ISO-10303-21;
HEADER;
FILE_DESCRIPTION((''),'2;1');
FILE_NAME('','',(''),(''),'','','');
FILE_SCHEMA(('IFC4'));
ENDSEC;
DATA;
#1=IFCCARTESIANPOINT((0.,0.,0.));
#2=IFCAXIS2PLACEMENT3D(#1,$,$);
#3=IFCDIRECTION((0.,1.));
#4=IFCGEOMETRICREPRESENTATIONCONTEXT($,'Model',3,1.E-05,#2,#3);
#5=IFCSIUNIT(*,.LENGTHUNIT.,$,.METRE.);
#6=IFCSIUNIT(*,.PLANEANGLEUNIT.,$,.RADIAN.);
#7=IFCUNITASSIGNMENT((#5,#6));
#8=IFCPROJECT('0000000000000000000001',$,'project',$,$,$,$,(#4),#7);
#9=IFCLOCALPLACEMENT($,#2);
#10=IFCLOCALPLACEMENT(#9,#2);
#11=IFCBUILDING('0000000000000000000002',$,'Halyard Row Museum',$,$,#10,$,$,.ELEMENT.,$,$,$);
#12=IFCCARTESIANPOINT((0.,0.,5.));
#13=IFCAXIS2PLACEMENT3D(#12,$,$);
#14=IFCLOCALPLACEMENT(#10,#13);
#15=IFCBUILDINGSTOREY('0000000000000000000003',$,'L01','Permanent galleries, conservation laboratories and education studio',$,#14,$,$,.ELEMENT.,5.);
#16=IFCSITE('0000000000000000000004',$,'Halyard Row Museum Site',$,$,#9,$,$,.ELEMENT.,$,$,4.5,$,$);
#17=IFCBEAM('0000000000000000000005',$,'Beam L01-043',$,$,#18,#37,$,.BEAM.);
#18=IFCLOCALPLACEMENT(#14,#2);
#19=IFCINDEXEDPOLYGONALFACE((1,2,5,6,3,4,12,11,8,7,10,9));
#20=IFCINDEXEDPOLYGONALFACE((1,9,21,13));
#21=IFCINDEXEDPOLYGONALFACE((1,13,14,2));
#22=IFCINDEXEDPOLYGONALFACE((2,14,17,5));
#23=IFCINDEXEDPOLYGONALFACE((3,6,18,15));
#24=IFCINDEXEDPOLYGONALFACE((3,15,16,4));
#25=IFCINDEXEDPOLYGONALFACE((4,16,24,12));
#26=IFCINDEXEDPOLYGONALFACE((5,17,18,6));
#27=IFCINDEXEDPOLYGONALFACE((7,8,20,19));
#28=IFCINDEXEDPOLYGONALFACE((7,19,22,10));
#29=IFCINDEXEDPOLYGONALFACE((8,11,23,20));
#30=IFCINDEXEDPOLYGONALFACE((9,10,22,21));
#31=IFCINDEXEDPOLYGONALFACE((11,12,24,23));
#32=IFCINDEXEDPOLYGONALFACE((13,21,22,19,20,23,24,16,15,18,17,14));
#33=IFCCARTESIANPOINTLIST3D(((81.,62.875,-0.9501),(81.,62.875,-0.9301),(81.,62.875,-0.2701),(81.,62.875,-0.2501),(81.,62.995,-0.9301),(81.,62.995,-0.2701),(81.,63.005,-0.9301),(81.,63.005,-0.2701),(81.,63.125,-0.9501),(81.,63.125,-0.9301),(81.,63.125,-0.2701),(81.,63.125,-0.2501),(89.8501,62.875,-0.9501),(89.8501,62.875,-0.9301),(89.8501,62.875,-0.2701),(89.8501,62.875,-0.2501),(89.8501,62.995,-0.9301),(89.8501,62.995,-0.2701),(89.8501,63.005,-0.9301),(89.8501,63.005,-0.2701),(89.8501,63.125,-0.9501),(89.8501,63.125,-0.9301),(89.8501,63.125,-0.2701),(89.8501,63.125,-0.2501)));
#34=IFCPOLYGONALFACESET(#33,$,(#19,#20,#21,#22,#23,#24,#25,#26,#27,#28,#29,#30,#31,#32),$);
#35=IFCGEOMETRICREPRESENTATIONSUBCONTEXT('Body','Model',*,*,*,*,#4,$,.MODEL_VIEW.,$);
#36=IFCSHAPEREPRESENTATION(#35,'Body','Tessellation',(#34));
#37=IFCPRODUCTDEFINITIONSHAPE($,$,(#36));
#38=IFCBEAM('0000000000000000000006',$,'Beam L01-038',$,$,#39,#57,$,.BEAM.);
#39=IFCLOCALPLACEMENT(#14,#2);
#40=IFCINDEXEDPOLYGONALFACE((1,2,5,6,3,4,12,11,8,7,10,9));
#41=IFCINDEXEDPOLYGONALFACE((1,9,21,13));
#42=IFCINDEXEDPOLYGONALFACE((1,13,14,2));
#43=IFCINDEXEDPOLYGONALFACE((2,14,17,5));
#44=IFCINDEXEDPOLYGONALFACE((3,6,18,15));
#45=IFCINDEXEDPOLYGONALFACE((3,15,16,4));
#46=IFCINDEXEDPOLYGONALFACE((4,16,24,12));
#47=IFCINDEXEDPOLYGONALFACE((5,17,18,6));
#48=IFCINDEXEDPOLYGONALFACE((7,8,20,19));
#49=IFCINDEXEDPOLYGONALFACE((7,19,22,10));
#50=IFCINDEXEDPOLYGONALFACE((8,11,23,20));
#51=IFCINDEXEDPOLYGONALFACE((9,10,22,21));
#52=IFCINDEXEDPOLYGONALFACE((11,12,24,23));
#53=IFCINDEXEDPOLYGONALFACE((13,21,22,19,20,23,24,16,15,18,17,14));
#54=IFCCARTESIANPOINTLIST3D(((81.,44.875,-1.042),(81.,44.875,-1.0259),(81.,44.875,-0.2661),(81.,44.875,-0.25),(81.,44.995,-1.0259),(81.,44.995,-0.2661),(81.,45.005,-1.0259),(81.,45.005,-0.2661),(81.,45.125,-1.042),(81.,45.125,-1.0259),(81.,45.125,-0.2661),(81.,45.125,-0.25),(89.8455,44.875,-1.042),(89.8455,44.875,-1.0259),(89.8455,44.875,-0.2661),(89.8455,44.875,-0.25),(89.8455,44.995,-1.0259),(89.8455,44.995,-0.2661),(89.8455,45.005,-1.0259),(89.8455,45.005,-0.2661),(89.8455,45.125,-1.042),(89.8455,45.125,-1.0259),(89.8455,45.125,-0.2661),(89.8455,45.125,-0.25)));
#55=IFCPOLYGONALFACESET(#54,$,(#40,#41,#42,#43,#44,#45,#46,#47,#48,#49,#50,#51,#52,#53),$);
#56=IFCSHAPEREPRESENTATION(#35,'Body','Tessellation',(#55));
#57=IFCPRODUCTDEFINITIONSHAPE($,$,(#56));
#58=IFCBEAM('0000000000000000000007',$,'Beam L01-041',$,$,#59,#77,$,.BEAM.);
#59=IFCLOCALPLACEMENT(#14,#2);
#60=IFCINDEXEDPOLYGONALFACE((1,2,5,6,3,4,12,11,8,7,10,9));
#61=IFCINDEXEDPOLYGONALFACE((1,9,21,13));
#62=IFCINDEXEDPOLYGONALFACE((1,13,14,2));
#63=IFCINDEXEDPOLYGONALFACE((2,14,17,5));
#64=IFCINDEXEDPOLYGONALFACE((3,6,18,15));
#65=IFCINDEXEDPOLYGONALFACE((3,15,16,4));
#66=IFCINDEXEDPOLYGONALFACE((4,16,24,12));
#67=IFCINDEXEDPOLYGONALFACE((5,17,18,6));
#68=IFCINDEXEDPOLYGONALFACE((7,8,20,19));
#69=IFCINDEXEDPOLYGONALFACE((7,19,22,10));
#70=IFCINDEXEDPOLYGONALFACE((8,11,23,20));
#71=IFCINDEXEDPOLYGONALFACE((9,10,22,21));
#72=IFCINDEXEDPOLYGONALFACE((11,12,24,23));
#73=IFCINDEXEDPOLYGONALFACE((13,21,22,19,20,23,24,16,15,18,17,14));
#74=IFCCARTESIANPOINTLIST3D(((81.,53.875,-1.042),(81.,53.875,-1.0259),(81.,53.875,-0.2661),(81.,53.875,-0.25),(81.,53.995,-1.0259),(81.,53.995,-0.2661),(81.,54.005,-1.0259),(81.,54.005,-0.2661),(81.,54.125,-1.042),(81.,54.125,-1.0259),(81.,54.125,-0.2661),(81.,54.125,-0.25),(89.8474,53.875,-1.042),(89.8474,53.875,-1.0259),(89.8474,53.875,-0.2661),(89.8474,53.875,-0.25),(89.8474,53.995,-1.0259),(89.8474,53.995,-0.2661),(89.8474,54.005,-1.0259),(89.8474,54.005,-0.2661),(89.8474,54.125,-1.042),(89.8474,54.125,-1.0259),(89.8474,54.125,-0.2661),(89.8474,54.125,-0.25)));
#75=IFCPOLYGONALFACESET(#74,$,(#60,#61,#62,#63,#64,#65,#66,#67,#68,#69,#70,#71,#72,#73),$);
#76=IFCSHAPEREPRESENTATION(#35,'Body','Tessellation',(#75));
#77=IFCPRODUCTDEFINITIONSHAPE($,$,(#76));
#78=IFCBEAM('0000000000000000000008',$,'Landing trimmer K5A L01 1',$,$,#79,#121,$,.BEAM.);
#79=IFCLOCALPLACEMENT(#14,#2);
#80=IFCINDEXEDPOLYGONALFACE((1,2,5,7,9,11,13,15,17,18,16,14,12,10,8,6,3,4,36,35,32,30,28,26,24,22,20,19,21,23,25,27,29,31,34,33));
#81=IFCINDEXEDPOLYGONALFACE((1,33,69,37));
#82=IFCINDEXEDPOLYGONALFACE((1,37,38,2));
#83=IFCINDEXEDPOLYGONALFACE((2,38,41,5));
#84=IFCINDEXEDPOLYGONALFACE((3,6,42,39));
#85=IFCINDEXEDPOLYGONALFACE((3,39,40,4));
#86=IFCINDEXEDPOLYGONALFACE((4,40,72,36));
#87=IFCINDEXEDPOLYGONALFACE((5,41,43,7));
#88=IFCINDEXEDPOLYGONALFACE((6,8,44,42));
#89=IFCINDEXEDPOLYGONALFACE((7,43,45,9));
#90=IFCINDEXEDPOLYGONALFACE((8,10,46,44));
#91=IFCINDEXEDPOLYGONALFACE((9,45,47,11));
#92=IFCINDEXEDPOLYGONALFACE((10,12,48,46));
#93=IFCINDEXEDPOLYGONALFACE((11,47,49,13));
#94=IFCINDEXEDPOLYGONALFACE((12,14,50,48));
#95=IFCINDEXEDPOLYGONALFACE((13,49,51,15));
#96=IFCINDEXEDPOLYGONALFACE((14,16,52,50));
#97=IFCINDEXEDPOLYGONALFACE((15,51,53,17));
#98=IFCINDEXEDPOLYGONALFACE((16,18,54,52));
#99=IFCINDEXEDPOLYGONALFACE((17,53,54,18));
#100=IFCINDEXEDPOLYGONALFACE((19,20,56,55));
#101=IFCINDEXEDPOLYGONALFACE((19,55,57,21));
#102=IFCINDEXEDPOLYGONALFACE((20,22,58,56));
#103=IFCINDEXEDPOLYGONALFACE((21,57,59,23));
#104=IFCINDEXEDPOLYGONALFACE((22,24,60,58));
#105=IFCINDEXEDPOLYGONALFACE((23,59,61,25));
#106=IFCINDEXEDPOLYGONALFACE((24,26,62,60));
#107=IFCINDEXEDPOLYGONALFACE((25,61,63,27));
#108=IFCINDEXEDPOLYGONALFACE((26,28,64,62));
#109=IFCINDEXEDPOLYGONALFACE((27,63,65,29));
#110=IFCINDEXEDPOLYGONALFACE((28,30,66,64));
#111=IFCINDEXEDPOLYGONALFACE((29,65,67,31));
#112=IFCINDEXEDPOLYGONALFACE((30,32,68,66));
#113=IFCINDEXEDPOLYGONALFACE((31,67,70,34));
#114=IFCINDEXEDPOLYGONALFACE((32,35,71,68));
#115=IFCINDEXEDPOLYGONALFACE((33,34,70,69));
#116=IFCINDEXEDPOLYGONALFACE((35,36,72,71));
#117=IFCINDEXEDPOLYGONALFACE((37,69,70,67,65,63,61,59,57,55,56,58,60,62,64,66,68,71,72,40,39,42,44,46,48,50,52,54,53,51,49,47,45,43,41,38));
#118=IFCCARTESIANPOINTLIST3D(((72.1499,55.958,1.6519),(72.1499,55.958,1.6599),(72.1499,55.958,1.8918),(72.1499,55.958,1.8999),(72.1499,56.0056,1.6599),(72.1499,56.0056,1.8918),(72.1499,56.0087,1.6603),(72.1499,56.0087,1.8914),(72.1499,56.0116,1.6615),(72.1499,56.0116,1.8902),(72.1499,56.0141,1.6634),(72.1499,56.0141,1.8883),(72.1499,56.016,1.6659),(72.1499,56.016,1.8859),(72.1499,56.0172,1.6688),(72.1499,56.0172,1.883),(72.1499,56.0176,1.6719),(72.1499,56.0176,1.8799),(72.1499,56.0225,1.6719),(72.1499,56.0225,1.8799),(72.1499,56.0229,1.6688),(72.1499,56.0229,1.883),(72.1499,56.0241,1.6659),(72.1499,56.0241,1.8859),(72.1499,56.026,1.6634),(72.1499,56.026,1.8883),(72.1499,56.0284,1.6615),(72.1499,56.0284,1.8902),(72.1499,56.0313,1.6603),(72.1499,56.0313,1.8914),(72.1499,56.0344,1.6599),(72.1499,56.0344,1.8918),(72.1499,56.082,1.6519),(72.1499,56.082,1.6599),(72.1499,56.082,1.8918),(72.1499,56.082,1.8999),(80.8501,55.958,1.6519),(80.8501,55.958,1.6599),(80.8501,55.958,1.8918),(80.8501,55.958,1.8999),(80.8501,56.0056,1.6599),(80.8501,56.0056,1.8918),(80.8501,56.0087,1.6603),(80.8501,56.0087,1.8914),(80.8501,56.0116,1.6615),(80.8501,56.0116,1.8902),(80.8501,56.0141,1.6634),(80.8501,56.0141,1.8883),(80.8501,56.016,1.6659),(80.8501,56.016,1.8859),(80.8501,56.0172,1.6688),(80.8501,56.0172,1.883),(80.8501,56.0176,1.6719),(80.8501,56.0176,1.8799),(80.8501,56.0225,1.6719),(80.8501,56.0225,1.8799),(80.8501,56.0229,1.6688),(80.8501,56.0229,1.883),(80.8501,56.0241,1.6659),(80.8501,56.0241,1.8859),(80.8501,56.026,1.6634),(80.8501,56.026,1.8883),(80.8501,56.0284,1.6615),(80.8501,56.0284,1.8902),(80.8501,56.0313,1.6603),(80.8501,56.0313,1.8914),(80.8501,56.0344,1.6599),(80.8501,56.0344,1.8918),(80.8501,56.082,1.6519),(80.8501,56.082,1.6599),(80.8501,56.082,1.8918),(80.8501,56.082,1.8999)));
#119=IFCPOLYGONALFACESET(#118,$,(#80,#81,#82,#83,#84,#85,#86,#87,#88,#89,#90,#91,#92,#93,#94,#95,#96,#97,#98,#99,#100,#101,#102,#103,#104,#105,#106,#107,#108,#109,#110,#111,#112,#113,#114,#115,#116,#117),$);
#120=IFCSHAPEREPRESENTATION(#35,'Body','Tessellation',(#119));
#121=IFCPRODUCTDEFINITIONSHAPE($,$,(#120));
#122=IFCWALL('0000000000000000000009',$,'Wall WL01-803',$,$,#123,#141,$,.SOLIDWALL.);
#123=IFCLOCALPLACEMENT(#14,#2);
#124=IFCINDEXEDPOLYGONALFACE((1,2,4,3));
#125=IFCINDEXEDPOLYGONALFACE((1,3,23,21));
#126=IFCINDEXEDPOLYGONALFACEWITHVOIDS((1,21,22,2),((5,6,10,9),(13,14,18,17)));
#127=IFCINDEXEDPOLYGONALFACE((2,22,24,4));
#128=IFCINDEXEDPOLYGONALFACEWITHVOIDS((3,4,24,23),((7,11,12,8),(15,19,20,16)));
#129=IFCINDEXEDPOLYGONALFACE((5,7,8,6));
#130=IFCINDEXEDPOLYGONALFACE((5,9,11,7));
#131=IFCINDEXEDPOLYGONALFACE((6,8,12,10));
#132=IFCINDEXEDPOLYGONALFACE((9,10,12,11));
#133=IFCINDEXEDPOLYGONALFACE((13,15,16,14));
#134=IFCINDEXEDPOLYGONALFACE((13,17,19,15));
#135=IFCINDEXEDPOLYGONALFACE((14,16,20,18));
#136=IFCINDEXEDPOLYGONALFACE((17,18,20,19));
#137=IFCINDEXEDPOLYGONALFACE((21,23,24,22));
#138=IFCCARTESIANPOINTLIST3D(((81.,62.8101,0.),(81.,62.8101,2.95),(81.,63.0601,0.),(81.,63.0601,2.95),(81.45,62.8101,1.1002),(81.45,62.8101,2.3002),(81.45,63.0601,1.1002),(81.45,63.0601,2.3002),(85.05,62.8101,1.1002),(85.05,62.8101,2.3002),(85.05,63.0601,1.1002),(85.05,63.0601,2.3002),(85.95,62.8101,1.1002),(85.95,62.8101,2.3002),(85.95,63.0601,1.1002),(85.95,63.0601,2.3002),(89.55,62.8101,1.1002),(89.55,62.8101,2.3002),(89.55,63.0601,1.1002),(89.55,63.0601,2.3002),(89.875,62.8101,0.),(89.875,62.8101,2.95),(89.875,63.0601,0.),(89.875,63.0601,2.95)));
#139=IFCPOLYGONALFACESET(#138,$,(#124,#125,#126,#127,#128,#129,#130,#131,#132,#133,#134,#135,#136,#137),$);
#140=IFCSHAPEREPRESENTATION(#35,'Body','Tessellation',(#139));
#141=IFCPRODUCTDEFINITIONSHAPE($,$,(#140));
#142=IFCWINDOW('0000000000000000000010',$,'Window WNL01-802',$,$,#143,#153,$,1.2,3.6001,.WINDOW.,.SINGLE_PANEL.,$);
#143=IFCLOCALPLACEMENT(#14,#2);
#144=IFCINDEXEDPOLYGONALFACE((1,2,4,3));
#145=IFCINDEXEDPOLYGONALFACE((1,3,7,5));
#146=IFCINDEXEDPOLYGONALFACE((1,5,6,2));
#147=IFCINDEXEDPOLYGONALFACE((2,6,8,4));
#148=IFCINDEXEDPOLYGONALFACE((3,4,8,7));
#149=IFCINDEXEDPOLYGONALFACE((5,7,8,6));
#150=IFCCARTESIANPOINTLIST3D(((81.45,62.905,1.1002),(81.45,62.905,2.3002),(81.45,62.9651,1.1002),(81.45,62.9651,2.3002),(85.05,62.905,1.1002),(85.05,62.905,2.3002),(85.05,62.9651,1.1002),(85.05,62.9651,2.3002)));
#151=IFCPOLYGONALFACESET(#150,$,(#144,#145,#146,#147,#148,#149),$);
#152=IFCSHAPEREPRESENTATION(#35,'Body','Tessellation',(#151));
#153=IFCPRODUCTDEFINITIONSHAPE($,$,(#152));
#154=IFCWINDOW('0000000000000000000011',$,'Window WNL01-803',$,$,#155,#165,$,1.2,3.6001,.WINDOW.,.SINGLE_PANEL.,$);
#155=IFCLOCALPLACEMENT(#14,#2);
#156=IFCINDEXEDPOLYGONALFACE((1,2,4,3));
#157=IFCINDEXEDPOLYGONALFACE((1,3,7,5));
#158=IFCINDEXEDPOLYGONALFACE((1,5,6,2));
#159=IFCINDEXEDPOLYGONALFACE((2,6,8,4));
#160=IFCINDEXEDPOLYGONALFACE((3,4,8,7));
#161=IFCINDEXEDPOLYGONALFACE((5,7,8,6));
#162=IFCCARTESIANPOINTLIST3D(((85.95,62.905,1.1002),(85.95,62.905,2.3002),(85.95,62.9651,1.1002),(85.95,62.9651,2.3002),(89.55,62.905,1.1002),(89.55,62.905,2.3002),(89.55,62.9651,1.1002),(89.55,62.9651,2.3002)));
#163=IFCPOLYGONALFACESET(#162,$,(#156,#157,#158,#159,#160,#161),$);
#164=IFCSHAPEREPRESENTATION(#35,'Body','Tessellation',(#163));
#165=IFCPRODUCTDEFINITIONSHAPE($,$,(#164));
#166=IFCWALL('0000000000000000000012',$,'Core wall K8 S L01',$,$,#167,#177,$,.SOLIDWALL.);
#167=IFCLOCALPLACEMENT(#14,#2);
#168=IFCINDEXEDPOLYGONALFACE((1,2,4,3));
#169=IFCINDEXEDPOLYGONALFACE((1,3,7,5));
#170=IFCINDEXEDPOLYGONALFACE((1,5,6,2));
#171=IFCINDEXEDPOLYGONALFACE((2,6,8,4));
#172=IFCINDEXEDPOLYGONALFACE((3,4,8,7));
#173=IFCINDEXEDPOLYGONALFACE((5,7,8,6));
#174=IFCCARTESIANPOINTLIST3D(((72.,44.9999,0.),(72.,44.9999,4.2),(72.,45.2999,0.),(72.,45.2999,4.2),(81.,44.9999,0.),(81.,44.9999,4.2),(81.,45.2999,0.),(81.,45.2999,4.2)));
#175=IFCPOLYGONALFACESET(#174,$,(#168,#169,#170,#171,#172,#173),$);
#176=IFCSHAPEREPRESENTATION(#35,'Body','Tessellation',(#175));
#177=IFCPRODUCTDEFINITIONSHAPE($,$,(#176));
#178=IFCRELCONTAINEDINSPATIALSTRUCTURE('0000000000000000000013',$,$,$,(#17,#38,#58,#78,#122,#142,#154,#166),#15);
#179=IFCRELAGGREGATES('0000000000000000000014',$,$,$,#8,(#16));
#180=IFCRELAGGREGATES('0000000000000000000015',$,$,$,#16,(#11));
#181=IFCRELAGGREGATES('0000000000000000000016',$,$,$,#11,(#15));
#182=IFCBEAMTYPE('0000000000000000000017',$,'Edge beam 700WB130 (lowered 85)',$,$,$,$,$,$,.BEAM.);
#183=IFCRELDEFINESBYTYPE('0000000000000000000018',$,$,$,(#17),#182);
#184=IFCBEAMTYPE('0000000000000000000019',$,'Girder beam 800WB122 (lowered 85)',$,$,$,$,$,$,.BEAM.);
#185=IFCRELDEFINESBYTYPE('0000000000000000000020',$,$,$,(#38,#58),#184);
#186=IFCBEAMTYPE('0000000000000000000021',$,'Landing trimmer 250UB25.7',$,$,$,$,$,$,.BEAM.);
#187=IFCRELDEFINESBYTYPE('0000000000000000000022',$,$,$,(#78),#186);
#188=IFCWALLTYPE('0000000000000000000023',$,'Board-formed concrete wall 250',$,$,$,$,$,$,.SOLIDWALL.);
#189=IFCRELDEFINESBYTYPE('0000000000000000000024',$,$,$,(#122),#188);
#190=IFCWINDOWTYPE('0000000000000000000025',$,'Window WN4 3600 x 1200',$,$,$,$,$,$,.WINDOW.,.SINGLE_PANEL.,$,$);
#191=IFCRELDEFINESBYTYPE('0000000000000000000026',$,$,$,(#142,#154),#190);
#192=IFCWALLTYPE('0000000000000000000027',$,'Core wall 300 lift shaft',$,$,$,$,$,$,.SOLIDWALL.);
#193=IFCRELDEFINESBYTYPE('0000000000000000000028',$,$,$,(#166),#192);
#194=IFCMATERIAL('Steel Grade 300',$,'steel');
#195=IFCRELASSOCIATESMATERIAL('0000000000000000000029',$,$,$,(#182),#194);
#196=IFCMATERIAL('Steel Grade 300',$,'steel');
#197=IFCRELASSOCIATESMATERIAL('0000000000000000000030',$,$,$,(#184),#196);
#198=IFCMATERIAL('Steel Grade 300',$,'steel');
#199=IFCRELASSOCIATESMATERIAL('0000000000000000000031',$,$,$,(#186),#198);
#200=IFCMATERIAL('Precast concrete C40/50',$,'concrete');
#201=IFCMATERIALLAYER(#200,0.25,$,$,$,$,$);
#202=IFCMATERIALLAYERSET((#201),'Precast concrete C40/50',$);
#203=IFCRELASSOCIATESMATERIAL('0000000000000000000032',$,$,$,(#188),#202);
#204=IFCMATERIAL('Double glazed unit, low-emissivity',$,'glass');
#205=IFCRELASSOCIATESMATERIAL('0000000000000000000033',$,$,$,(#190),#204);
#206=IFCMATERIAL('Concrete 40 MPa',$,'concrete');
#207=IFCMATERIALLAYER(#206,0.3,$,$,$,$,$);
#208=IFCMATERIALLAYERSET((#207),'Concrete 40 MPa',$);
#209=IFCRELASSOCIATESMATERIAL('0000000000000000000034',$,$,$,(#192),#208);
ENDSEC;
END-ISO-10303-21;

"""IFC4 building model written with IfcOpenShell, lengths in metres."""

from ifc_helpers import new_model, si_unit, direction, frame, frame_2d, origin, origin_2d, place, context, subcontext, project, spatial, rectangle, i_section, extrude, material, layer, layer_set, material_profile, profile_set, type_object, element, fill, save


model = new_model("IFC4")

# Units and contexts
model_context = context("Model", 3, precision=1e-05, world=origin(), true_north=direction((0.0, 1.0)))
body_context = subcontext(model_context, "Body", "Model", "MODEL_VIEW")
ifc_project = project(units=[si_unit("LENGTHUNIT", "METRE"), si_unit("PLANEANGLEUNIT", "RADIAN")], contexts=[model_context])

# Site, building, storey
site_placement = place(None, origin())
site = spatial("IfcSite", under=ifc_project, at=site_placement, Name="Halyard Row Museum Site", CompositionType="ELEMENT", RefElevation=4.5)
building_placement = place(site_placement, origin())
building = spatial("IfcBuilding", under=site, at=building_placement, Name="Halyard Row Museum", CompositionType="ELEMENT")
storey_placement = place(building_placement, frame((0.0, 0.0, 5.0)))
storey = spatial("IfcBuildingStorey", under=building, at=storey_placement, Name="L01", Description="Permanent galleries, conservation laboratories and education studio", CompositionType="ELEMENT", Elevation=5.0)

# Beams
ifc_material_1 = material(Name="Steel Grade 300", Category="steel")
ifc_material_profile_1 = material_profile(ifc_material_1, i_section(OverallWidth=0.25, OverallDepth=0.7, WebThickness=0.01, FlangeThickness=0.02, at=origin_2d()), Name="700WB130")
ifc_profile_set_1 = profile_set([ifc_material_profile_1], Name="Steel Grade 300")
beam_type_1 = type_object("IfcBeamType", Name="Edge beam 700WB130 (lowered 85)", PredefinedType="BEAM", material=ifc_profile_set_1)
beam_1_placement = place(storey_placement, frame((81.0, 63.0, -0.6001), z_axis=(1.0, 0.0, 0.0), x_axis=(0.0, 1.0, 0.0)))
element("IfcBeam", 1, at=beam_1_placement, inside=storey, type_object=beam_type_1, Name="Beam L01-043", PredefinedType="BEAM", context=body_context, shape_type="SweptSolid", body=[
    extrude(i_section(OverallWidth=0.25, OverallDepth=0.7, WebThickness=0.01, FlangeThickness=0.02, at=origin_2d()), origin(), (0.0, 0.0, 1.0), 8.8501),
])
ifc_material_2 = material(Name="Steel Grade 300", Category="steel")
ifc_material_profile_2 = material_profile(ifc_material_2, i_section(OverallWidth=0.25, OverallDepth=0.792, WebThickness=0.01, FlangeThickness=0.0161, at=origin_2d()), Name="800WB122")
ifc_profile_set_2 = profile_set([ifc_material_profile_2], Name="Steel Grade 300")
beam_type_2 = type_object("IfcBeamType", Name="Girder beam 800WB122 (lowered 85)", PredefinedType="BEAM", material=ifc_profile_set_2)
beam_2_placement = place(storey_placement, frame((81.0, 45.0, -0.646), z_axis=(1.0, 0.0, 0.0), x_axis=(0.0, 1.0, 0.0)))
element("IfcBeam", 2, at=beam_2_placement, inside=storey, type_object=beam_type_2, Name="Beam L01-038", PredefinedType="BEAM", context=body_context, shape_type="SweptSolid", body=[
    extrude(i_section(OverallWidth=0.25, OverallDepth=0.792, WebThickness=0.01, FlangeThickness=0.0161, at=origin_2d()), origin(), (0.0, 0.0, 1.0), 8.8455),
])
beam_3_placement = place(storey_placement, frame((81.0, 54.0, -0.646), z_axis=(1.0, 0.0, 0.0), x_axis=(0.0, 1.0, 0.0)))
element("IfcBeam", 3, at=beam_3_placement, inside=storey, type_object=beam_type_2, Name="Beam L01-041", PredefinedType="BEAM", context=body_context, shape_type="SweptSolid", body=[
    extrude(i_section(OverallWidth=0.25, OverallDepth=0.792, WebThickness=0.01, FlangeThickness=0.0161, at=origin_2d()), origin(), (0.0, 0.0, 1.0), 8.8474),
])
ifc_material_3 = material(Name="Steel Grade 300", Category="steel")
ifc_material_profile_3 = material_profile(ifc_material_3, i_section(OverallWidth=0.124, OverallDepth=0.248, WebThickness=0.0049, FlangeThickness=0.0081, FilletRadius=0.012, at=origin_2d()), Name="250UB25.7")
ifc_profile_set_3 = profile_set([ifc_material_profile_3], Name="Steel Grade 300")
beam_type_3 = type_object("IfcBeamType", Name="Landing trimmer 250UB25.7", PredefinedType="BEAM", material=ifc_profile_set_3)
beam_4_placement = place(storey_placement, frame((80.8501, 56.02, 1.7759), z_axis=(-1.0, 0.0, 0.0), x_axis=(0.0, -1.0, 0.0)))
element("IfcBeam", 4, at=beam_4_placement, inside=storey, type_object=beam_type_3, Name="Landing trimmer K5A L01 1", PredefinedType="BEAM", context=body_context, shape_type="SweptSolid", body=[
    extrude(i_section(OverallWidth=0.124, OverallDepth=0.248, WebThickness=0.0049, FlangeThickness=0.0081, FilletRadius=0.012, at=origin_2d()), origin(), (0.0, 0.0, 1.0), 8.7002),
])

# Wall, openings, windows
ifc_material_4 = material(Name="Precast concrete C40/50", Category="concrete")
ifc_layer_1 = layer(ifc_material_4, 0.25)
ifc_layer_set_1 = layer_set([ifc_layer_1], Name="Precast concrete C40/50")
wall_type_1 = type_object("IfcWallType", Name="Board-formed concrete wall 250", PredefinedType="SOLIDWALL", material=ifc_layer_set_1)
wall_1_placement = place(storey_placement, frame((81.0, 62.9351, 0.0), z_axis=(0.0, 0.0, 1.0), x_axis=(1.0, 0.0, 0.0)))
wall_1 = element("IfcWall", 5, at=wall_1_placement, inside=storey, type_object=wall_type_1, Name="Wall WL01-803", PredefinedType="SOLIDWALL", context=body_context, shape_type="SweptSolid", body=[
    extrude(rectangle(XDim=8.875, YDim=0.25, at=frame_2d((4.4375, 0.0))), origin(), (0.0, 0.0, 1.0), 2.95),
])
opening_1_placement = place(wall_1_placement, frame((0.45, 0.0, 1.1001)))
opening_1 = element("IfcOpeningElement", 6, at=opening_1_placement, cuts=wall_1, PredefinedType="OPENING", context=body_context, shape_type="SweptSolid", body=[
    extrude(rectangle(XDim=3.6001, YDim=1.2, at=frame_2d((1.8, 0.6001))), frame((0.0, 0.135, 0.0), z_axis=(0.0, -1.0, 0.0), x_axis=(1.0, 0.0, 0.0)), (0.0, 0.0, 1.0), 0.27),
])
opening_2_placement = place(wall_1_placement, frame((4.95, 0.0, 1.1001)))
opening_2 = element("IfcOpeningElement", 7, at=opening_2_placement, cuts=wall_1, PredefinedType="OPENING", context=body_context, shape_type="SweptSolid", body=[
    extrude(rectangle(XDim=3.6001, YDim=1.2, at=frame_2d((1.8, 0.6001))), frame((0.0, 0.135, 0.0), z_axis=(0.0, -1.0, 0.0), x_axis=(1.0, 0.0, 0.0)), (0.0, 0.0, 1.0), 0.27),
])
ifc_material_5 = material(Name="Double glazed unit, low-emissivity", Category="glass")
window_type = type_object("IfcWindowType", Name="Window WN4 3600 x 1200", PartitioningType="SINGLE_PANEL", PredefinedType="WINDOW", material=ifc_material_5)
window_1_placement = place(opening_1_placement, origin())
window_1 = element("IfcWindow", 8, at=window_1_placement, inside=storey, type_object=window_type, Name="Window WNL01-802", OverallHeight=1.2, OverallWidth=3.6001, PartitioningType="SINGLE_PANEL", PredefinedType="WINDOW", context=body_context, shape_type="SweptSolid", body=[
    extrude(rectangle(XDim=3.6001, YDim=1.2, at=frame_2d((1.8, 0.6001))), frame((0.0, 0.03, 0.0), z_axis=(0.0, -1.0, 0.0), x_axis=(1.0, 0.0, 0.0)), (0.0, 0.0, 1.0), 0.0601),
])
fill(opening_1, window_1)
window_2_placement = place(opening_2_placement, origin())
window_2 = element("IfcWindow", 9, at=window_2_placement, inside=storey, type_object=window_type, Name="Window WNL01-803", OverallHeight=1.2, OverallWidth=3.6001, PartitioningType="SINGLE_PANEL", PredefinedType="WINDOW", context=body_context, shape_type="SweptSolid", body=[
    extrude(rectangle(XDim=3.6001, YDim=1.2, at=frame_2d((1.8, 0.6001))), frame((0.0, 0.03, 0.0), z_axis=(0.0, -1.0, 0.0), x_axis=(1.0, 0.0, 0.0)), (0.0, 0.0, 1.0), 0.0601),
])
fill(opening_2, window_2)

# Wall
ifc_material_6 = material(Name="Concrete 40 MPa", Category="concrete")
ifc_layer_2 = layer(ifc_material_6, 0.3)
ifc_layer_set_2 = layer_set([ifc_layer_2], Name="Concrete 40 MPa")
wall_type_2 = type_object("IfcWallType", Name="Core wall 300 lift shaft", PredefinedType="SOLIDWALL", material=ifc_layer_set_2)
wall_2_placement = place(storey_placement, frame((72.0, 45.1499, 0.0), z_axis=(0.0, 0.0, 1.0), x_axis=(1.0, 0.0, 0.0)))
element("IfcWall", 10, at=wall_2_placement, inside=storey, type_object=wall_type_2, Name="Core wall K8 S L01", PredefinedType="SOLIDWALL", context=body_context, shape_type="SweptSolid", body=[
    extrude(rectangle(XDim=9.0, YDim=0.3, at=frame_2d((4.5, 0.0))), origin(), (0.0, 0.0, 1.0), 4.2),
])

save(model, "model.ifc")
